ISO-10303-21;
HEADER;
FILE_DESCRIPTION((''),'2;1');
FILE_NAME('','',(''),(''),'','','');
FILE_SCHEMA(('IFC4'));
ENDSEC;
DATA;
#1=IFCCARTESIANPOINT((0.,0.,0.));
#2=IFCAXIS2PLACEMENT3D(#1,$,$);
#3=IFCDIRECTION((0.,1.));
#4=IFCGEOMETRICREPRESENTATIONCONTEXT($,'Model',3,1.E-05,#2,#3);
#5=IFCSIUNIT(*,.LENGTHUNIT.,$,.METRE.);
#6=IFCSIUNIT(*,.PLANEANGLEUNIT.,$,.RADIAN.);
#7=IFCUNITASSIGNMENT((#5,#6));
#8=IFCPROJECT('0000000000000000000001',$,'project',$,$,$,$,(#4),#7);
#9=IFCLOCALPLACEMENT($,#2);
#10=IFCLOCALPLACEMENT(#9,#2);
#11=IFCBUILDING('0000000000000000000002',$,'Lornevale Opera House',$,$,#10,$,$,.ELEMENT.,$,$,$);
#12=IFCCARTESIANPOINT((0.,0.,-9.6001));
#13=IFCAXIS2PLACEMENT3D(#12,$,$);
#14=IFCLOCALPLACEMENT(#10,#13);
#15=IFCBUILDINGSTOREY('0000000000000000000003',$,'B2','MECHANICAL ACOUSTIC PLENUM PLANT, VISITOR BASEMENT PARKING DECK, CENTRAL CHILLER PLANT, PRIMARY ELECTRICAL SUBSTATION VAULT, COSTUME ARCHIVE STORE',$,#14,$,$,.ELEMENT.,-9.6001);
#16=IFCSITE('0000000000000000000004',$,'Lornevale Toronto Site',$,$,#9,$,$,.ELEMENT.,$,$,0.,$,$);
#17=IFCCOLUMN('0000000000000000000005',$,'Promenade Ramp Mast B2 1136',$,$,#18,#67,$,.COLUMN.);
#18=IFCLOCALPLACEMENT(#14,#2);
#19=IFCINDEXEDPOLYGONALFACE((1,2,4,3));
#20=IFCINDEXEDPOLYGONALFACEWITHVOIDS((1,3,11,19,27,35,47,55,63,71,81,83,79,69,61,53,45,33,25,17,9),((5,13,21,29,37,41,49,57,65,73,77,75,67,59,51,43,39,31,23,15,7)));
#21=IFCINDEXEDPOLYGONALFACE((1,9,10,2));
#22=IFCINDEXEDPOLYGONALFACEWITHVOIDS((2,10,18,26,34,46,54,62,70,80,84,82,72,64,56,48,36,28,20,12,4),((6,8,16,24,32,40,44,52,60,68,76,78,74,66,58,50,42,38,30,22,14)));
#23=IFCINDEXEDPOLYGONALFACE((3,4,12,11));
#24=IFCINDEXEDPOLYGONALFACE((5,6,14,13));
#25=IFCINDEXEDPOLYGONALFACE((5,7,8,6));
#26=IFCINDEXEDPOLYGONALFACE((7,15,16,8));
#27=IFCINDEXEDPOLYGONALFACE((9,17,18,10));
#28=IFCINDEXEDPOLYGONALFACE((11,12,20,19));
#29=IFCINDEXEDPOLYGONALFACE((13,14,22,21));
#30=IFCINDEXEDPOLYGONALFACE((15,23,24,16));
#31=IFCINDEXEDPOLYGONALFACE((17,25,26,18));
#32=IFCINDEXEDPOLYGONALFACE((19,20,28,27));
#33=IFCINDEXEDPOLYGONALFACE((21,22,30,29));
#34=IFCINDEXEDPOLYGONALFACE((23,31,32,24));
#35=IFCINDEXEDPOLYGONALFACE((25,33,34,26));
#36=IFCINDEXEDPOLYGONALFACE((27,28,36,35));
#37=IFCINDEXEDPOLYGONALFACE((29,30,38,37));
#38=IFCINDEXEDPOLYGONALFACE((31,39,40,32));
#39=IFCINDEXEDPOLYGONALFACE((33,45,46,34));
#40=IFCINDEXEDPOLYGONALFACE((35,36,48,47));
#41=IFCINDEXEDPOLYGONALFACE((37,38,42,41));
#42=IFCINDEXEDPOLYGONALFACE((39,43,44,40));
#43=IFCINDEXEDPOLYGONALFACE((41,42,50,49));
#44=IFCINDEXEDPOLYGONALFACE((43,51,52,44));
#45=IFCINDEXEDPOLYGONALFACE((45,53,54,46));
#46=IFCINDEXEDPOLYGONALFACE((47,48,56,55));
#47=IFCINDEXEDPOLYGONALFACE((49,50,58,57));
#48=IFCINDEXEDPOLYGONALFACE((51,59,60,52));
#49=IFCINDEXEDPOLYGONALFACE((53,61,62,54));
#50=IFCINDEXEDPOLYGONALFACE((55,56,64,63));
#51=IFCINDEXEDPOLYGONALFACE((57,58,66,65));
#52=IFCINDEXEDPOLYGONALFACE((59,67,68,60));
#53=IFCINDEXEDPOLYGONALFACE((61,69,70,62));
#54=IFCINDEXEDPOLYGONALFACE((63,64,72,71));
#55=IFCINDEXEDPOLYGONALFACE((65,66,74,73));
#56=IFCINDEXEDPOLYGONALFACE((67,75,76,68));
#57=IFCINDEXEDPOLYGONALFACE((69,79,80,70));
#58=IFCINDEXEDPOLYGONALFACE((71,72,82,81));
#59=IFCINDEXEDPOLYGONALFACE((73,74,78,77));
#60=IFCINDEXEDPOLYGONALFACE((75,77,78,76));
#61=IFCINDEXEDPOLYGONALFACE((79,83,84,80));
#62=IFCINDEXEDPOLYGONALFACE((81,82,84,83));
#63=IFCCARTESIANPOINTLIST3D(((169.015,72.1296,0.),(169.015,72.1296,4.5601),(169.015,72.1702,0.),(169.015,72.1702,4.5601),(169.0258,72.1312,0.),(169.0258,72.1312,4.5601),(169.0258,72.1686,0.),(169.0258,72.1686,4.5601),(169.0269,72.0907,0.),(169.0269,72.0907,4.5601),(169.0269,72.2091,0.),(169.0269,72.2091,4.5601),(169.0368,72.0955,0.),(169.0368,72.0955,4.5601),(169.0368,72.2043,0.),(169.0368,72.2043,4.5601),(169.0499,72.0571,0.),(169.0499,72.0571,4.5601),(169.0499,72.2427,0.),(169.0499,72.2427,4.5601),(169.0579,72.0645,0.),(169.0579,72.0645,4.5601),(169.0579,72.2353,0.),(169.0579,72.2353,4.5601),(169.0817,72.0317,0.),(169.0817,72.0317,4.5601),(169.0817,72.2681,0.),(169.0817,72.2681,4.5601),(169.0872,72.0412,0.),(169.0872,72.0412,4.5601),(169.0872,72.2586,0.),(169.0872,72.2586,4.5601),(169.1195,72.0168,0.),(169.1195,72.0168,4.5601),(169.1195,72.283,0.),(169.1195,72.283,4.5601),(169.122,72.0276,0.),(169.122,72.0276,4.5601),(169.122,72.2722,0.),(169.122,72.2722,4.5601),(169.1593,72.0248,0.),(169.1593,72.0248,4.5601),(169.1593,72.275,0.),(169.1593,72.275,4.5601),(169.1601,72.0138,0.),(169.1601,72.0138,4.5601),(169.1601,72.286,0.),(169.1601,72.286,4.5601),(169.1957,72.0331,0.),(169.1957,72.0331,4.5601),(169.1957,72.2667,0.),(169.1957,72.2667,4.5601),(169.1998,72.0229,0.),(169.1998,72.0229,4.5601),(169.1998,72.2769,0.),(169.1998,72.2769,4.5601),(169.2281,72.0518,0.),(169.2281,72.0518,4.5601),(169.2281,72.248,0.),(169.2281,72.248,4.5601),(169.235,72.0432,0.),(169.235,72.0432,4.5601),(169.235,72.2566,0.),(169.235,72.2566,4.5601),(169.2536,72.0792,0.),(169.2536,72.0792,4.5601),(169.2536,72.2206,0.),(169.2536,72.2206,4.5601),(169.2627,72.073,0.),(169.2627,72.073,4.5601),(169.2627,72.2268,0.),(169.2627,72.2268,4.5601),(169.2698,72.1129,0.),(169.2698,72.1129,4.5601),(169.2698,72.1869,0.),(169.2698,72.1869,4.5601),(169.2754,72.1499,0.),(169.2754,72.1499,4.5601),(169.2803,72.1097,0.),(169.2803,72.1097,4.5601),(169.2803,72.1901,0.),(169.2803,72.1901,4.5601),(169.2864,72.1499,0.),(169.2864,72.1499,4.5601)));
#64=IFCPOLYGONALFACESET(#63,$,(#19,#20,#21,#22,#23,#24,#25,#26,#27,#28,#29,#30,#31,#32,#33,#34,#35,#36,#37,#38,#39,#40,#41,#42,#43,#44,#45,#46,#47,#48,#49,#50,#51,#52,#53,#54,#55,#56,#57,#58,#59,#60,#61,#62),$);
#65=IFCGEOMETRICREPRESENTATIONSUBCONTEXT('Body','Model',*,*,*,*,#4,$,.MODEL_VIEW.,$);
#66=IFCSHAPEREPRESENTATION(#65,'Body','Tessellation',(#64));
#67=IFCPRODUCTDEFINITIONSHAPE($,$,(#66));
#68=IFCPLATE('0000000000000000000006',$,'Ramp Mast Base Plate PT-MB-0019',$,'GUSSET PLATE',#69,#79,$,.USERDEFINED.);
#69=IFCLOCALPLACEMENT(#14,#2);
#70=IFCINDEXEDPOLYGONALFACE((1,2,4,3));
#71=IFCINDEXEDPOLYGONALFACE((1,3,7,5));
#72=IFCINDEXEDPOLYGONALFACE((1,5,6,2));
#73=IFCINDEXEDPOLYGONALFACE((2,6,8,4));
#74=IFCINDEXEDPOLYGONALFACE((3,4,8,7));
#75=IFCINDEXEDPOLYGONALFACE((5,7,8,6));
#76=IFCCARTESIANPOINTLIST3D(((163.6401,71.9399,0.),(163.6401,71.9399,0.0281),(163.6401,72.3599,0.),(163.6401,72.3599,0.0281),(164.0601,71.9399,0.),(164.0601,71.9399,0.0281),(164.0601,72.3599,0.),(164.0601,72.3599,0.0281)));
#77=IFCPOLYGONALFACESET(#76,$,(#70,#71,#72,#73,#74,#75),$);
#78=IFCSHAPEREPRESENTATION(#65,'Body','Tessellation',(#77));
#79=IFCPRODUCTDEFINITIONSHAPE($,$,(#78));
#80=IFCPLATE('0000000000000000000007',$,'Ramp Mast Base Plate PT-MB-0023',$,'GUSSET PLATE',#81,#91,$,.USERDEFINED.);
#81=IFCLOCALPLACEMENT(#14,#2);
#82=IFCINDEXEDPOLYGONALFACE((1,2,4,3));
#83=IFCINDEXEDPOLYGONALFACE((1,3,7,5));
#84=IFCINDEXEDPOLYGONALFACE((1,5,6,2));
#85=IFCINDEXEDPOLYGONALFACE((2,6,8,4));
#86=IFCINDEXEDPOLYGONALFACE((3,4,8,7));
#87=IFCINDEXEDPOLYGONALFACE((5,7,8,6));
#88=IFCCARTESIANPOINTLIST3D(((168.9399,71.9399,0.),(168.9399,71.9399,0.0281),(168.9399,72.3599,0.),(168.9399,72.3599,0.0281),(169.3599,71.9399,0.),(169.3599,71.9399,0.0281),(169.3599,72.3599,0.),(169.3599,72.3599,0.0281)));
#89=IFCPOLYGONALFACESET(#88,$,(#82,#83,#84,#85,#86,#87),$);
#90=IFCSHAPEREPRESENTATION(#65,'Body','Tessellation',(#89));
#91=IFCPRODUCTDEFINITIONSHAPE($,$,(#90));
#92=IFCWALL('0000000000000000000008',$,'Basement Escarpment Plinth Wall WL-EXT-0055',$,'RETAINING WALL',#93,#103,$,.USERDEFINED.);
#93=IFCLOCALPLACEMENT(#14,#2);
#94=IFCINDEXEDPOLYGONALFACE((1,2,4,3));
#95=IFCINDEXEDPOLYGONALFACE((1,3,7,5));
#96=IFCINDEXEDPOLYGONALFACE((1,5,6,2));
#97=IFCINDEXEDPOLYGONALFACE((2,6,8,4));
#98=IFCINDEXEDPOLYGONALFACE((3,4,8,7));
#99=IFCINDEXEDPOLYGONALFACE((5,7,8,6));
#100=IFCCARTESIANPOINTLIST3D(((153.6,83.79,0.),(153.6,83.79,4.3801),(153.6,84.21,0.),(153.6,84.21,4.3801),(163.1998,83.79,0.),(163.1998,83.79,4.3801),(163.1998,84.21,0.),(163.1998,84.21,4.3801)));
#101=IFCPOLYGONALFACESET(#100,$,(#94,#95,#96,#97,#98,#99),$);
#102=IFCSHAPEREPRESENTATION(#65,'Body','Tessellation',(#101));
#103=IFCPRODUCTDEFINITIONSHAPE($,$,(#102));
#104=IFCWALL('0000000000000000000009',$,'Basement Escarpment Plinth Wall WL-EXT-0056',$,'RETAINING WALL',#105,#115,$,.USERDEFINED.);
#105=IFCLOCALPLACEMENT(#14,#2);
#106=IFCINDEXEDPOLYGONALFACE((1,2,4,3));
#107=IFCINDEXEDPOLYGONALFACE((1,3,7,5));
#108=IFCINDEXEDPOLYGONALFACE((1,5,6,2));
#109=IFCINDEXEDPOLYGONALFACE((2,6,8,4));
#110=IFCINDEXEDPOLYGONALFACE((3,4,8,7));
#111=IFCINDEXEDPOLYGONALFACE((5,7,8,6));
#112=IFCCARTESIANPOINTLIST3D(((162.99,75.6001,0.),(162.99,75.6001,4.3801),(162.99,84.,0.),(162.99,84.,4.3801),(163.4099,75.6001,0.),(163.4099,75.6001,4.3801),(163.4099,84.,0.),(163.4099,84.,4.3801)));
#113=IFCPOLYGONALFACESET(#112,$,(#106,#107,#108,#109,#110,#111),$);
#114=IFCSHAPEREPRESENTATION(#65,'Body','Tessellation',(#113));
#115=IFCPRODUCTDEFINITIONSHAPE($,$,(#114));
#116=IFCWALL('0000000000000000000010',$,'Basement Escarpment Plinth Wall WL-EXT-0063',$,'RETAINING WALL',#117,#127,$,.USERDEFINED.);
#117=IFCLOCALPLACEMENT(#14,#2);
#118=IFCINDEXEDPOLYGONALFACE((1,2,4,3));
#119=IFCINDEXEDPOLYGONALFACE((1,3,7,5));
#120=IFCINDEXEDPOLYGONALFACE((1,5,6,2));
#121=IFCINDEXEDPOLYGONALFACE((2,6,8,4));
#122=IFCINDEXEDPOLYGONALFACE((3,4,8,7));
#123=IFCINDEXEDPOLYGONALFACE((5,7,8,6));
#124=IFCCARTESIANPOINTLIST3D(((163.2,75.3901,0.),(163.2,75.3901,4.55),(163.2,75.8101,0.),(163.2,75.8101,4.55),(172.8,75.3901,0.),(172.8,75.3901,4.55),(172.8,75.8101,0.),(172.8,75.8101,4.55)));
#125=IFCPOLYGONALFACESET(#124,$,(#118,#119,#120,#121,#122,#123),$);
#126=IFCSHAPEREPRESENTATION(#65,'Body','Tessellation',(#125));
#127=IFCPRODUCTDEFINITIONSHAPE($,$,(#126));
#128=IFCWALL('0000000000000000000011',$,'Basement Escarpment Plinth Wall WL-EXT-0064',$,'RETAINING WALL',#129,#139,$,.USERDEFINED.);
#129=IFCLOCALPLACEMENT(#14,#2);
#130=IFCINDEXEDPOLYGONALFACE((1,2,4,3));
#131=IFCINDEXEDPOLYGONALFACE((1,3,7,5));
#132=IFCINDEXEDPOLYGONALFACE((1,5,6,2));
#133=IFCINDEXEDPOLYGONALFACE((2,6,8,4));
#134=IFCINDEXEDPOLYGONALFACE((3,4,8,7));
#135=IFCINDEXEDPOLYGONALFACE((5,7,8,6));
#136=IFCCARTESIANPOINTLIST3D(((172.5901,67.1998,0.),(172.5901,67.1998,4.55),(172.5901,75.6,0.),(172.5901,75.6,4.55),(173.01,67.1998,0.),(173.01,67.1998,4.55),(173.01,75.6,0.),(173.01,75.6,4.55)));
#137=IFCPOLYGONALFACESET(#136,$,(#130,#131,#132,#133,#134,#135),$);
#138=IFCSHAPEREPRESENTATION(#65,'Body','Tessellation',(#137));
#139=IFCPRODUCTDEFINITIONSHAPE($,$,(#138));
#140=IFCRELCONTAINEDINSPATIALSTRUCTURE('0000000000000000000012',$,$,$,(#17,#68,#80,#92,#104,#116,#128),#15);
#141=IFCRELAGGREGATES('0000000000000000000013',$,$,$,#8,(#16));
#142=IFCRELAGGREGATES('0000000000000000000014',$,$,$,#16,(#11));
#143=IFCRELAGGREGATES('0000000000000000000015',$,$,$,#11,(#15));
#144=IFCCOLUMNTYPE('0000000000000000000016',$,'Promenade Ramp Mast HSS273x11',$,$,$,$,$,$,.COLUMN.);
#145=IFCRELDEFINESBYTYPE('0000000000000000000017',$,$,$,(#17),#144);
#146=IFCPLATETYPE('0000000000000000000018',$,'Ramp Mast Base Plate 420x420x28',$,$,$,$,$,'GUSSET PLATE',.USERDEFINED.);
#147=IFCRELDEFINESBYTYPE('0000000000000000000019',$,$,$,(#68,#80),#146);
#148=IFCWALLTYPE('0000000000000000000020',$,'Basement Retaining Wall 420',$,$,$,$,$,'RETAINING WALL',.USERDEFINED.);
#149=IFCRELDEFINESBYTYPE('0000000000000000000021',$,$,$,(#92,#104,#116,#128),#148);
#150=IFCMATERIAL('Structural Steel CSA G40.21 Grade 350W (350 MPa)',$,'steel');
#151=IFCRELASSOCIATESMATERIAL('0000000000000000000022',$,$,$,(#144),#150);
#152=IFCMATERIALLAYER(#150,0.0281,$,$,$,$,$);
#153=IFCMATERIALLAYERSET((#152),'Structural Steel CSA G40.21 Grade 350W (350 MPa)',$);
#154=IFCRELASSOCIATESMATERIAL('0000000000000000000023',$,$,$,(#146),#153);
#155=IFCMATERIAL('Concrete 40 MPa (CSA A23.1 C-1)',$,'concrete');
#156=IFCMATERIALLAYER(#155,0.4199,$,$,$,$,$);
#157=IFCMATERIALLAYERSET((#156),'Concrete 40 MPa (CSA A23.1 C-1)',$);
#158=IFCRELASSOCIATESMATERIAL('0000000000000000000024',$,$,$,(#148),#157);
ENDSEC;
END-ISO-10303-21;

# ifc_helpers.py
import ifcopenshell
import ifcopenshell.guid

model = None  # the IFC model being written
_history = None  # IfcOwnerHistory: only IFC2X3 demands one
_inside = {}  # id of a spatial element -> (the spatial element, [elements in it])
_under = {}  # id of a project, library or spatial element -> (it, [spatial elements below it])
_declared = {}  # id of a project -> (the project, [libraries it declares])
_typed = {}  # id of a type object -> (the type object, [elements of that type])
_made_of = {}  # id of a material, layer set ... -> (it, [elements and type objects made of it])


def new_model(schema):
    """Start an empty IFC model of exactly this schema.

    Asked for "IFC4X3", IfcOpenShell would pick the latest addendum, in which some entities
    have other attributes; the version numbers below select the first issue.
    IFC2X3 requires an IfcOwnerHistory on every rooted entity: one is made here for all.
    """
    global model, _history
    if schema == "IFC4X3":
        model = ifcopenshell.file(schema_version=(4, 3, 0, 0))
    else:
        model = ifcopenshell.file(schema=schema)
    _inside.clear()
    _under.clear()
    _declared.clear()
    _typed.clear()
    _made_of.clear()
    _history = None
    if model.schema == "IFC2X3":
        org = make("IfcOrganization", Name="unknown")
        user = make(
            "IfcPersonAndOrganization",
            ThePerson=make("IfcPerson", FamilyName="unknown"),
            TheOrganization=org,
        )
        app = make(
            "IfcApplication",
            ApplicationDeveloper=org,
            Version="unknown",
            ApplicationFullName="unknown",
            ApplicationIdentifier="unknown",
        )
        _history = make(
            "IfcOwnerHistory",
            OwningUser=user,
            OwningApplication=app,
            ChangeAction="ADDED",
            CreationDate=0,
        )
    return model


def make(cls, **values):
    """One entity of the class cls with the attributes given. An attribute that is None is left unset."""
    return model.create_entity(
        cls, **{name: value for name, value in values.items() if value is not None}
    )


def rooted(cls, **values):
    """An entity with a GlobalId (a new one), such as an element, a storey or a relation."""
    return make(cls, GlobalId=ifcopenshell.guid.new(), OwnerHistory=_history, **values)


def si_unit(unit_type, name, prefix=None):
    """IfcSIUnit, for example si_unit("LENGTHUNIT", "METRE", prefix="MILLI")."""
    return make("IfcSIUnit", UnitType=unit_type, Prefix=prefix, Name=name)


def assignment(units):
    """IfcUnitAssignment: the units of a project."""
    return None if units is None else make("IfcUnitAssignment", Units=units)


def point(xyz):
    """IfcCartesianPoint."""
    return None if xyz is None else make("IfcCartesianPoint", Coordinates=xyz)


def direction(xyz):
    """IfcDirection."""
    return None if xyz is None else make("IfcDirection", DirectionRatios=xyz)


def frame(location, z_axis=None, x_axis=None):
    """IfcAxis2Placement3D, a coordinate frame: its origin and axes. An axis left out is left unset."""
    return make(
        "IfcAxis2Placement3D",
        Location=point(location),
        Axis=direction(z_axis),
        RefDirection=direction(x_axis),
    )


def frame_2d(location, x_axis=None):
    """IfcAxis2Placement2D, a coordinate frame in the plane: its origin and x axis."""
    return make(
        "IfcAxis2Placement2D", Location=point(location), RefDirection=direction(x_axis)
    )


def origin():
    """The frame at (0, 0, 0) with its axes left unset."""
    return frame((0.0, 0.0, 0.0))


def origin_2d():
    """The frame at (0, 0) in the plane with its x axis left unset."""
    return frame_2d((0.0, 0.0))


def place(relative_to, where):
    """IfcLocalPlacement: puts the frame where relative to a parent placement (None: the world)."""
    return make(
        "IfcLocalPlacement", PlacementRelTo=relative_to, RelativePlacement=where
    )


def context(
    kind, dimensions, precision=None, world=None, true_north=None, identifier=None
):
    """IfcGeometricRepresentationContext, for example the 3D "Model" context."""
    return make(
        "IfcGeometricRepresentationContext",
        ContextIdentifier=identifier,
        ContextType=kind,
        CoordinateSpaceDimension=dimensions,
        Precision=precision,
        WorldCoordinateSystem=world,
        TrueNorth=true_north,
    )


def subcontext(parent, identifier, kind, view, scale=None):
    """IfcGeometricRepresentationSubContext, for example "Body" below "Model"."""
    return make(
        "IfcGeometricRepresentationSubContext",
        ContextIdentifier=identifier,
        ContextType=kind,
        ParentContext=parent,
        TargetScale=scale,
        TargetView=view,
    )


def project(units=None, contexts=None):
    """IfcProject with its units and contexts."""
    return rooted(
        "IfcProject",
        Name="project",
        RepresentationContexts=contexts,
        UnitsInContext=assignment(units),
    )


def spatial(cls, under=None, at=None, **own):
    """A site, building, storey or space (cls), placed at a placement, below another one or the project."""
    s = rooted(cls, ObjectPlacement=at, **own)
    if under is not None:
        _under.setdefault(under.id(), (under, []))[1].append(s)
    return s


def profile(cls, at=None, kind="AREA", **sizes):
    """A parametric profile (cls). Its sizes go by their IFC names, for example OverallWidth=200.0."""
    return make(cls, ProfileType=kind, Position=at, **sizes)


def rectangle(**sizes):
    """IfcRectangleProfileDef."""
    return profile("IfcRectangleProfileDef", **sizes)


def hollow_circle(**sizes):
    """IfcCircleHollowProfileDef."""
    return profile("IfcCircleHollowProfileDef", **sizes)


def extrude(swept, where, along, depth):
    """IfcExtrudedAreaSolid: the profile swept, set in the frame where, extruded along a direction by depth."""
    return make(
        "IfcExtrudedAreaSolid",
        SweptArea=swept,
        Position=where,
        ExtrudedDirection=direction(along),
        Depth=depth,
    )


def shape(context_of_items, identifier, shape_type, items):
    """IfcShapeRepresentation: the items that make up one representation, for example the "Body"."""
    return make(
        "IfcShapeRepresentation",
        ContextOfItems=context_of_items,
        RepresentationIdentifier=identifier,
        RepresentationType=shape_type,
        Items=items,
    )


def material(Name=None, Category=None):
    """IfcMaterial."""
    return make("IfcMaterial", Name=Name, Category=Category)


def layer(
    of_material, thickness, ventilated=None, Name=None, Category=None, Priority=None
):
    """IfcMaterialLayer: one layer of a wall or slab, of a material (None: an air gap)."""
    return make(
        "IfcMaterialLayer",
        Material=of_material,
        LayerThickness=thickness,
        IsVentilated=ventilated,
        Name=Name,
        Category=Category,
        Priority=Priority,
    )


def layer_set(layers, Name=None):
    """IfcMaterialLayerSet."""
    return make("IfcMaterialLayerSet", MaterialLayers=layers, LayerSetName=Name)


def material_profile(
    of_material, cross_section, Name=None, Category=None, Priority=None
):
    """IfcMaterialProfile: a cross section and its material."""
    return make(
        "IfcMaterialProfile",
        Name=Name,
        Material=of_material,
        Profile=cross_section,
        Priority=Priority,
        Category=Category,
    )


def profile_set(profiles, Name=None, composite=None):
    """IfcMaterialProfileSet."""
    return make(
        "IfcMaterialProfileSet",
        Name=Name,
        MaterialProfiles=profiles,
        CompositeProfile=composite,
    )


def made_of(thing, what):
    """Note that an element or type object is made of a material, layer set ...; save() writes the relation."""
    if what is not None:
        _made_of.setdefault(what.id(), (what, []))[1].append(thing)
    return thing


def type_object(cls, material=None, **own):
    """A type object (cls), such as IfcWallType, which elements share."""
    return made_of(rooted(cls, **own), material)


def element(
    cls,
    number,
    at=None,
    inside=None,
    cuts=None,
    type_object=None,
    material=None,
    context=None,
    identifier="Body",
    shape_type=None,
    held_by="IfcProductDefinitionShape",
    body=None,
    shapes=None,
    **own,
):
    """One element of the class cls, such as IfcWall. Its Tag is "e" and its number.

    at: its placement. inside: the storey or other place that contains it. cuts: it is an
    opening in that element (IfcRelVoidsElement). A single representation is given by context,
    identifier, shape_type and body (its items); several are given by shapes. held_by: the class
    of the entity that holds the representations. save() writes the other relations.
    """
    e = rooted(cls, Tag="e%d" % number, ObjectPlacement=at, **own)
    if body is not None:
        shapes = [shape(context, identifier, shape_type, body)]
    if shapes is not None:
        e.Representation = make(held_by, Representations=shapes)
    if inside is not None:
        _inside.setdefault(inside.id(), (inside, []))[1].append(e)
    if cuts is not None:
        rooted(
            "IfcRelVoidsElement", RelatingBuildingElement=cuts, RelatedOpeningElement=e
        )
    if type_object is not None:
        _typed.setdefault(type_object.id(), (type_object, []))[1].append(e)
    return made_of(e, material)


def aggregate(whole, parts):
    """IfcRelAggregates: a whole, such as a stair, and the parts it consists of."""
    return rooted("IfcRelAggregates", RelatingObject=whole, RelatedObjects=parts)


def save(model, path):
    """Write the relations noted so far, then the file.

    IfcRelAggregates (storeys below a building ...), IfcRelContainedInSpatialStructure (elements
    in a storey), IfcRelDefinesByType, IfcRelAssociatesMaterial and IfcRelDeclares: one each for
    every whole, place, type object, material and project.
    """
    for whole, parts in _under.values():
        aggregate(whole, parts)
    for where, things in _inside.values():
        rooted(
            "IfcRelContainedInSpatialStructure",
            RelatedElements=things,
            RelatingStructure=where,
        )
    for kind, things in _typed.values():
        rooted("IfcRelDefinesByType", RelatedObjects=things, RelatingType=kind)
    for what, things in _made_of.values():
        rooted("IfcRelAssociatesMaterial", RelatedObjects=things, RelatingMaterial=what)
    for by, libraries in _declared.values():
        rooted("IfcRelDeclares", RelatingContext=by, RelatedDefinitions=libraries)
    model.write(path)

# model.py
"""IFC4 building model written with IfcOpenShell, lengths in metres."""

from ifc_helpers import new_model, si_unit, direction, frame, frame_2d, origin, origin_2d, place, context, subcontext, project, spatial, rectangle, hollow_circle, extrude, material, layer, layer_set, material_profile, profile_set, type_object, element, save


model = new_model("IFC4")

# Units and contexts
model_context = context("Model", 3, precision=1e-05, world=origin(), true_north=direction((0.0, 1.0)))
body_context = subcontext(model_context, "Body", "Model", "MODEL_VIEW")
ifc_project = project(units=[si_unit("LENGTHUNIT", "METRE"), si_unit("PLANEANGLEUNIT", "RADIAN")], contexts=[model_context])

# Site, building, storey
site_placement = place(None, origin())
site = spatial("IfcSite", under=ifc_project, at=site_placement, Name="Lornevale Toronto Site", CompositionType="ELEMENT", RefElevation=0.0)
building_placement = place(site_placement, origin())
building = spatial("IfcBuilding", under=site, at=building_placement, Name="Lornevale Opera House", CompositionType="ELEMENT")
storey_placement = place(building_placement, frame((0.0, 0.0, -9.6001)))
storey = spatial("IfcBuildingStorey", under=building, at=storey_placement, Name="B2", Description="MECHANICAL ACOUSTIC PLENUM PLANT, VISITOR BASEMENT PARKING DECK, CENTRAL CHILLER PLANT, PRIMARY ELECTRICAL SUBSTATION VAULT, COSTUME ARCHIVE STORE", CompositionType="ELEMENT", Elevation=-9.6001)

# Shared definitions
ifc_material_1 = material(Name="Concrete 40 MPa (CSA A23.1 C-1)", Category="concrete")

# Column
ifc_material_2 = material(Name="Structural Steel CSA G40.21 Grade 350W (350 MPa)", Category="steel")
ifc_material_profile_1 = material_profile(ifc_material_2, hollow_circle(Radius=0.1365, WallThickness=0.011, at=origin_2d()), Name="HSS273x11")
ifc_profile_set_1 = profile_set([ifc_material_profile_1], Name="Structural Steel CSA G40.21 Grade 350W (350 MPa)")
column_type_1 = type_object("IfcColumnType", Name="Promenade Ramp Mast HSS273x11", PredefinedType="COLUMN", material=ifc_profile_set_1)
for number, where, z_axis, x_axis, name in (
    (1, (169.1499, 72.1499, 0.0), (0.0, 0.0, 1.0), (1.0, 0.0, 0.0), "Promenade Ramp Mast B2 1136"),
):
    element("IfcColumn", number, at=place(storey_placement, frame(where, z_axis=z_axis, x_axis=x_axis)), inside=storey, type_object=column_type_1, Name=name, PredefinedType="COLUMN", context=body_context, shape_type="SweptSolid", body=[
        extrude(hollow_circle(Radius=0.1365, WallThickness=0.011, at=origin_2d()), origin(), (0.0, 0.0, 1.0), 4.5601),
    ])

# Plates
ifc_layer_1 = layer(ifc_material_2, 0.0281)
ifc_layer_set_1 = layer_set([ifc_layer_1], Name="Structural Steel CSA G40.21 Grade 350W (350 MPa)")
plate_type = type_object("IfcPlateType", Name="Ramp Mast Base Plate 420x420x28", ElementType="GUSSET PLATE", PredefinedType="USERDEFINED", material=ifc_layer_set_1)
for number, where, z_axis, x_axis, name in (
    (2, (163.8501, 72.1499, 0.0), (0.0, 0.0, 1.0), (1.0, 0.0, 0.0), "Ramp Mast Base Plate PT-MB-0019"),
    (3, (169.1499, 72.1499, 0.0), (0.0, 0.0, 1.0), (1.0, 0.0, 0.0), "Ramp Mast Base Plate PT-MB-0023"),
):
    element("IfcPlate", number, at=place(storey_placement, frame(where, z_axis=z_axis, x_axis=x_axis)), inside=storey, type_object=plate_type, Name=name, ObjectType="GUSSET PLATE", PredefinedType="USERDEFINED", context=body_context, shape_type="SweptSolid", body=[
        extrude(rectangle(XDim=0.4199, YDim=0.4199, at=origin_2d()), origin(), (0.0, 0.0, 1.0), 0.0281),
    ])

# Walls
ifc_layer_2 = layer(ifc_material_1, 0.4199)
ifc_layer_set_2 = layer_set([ifc_layer_2], Name="Concrete 40 MPa (CSA A23.1 C-1)")
wall_type = type_object("IfcWallType", Name="Basement Retaining Wall 420", ElementType="RETAINING WALL", PredefinedType="USERDEFINED", material=ifc_layer_set_2)
wall_1_placement = place(storey_placement, frame((153.6001, 84.0, 0.0), z_axis=(0.0, 0.0, 1.0), x_axis=(1.0, 0.0, 0.0)))
element("IfcWall", 4, at=wall_1_placement, inside=storey, type_object=wall_type, Name="Basement Escarpment Plinth Wall WL-EXT-0055", ObjectType="RETAINING WALL", PredefinedType="USERDEFINED", context=body_context, shape_type="SweptSolid", body=[
    extrude(rectangle(XDim=9.5999, YDim=0.4199, at=frame_2d((4.7998, 0.0))), origin(), (0.0, 0.0, 1.0), 4.3801),
])
wall_2_placement = place(storey_placement, frame((163.2, 84.0, 0.0), z_axis=(0.0, 0.0, 1.0), x_axis=(0.0, -1.0, 0.0)))
element("IfcWall", 5, at=wall_2_placement, inside=storey, type_object=wall_type, Name="Basement Escarpment Plinth Wall WL-EXT-0056", ObjectType="RETAINING WALL", PredefinedType="USERDEFINED", context=body_context, shape_type="SweptSolid", body=[
    extrude(rectangle(XDim=8.3999, YDim=0.4199, at=frame_2d((4.2, 0.0))), origin(), (0.0, 0.0, 1.0), 4.3801),
])
wall_3_placement = place(storey_placement, frame((163.2, 75.6001, 0.0), z_axis=(0.0, 0.0, 1.0), x_axis=(1.0, 0.0, 0.0)))
element("IfcWall", 6, at=wall_3_placement, inside=storey, type_object=wall_type, Name="Basement Escarpment Plinth Wall WL-EXT-0063", ObjectType="RETAINING WALL", PredefinedType="USERDEFINED", context=body_context, shape_type="SweptSolid", body=[
    extrude(rectangle(XDim=9.6001, YDim=0.4199, at=frame_2d((4.8, 0.0))), origin(), (0.0, 0.0, 1.0), 4.55),
])
wall_4_placement = place(storey_placement, frame((172.8, 75.6001, 0.0), z_axis=(0.0, 0.0, 1.0), x_axis=(0.0, -1.0, 0.0)))
element("IfcWall", 7, at=wall_4_placement, inside=storey, type_object=wall_type, Name="Basement Escarpment Plinth Wall WL-EXT-0064", ObjectType="RETAINING WALL", PredefinedType="USERDEFINED", context=body_context, shape_type="SweptSolid", body=[
    extrude(rectangle(XDim=8.4001, YDim=0.4199, at=frame_2d((4.2002, 0.0))), origin(), (0.0, 0.0, 1.0), 4.55),
])

save(model, "model.ifc")
